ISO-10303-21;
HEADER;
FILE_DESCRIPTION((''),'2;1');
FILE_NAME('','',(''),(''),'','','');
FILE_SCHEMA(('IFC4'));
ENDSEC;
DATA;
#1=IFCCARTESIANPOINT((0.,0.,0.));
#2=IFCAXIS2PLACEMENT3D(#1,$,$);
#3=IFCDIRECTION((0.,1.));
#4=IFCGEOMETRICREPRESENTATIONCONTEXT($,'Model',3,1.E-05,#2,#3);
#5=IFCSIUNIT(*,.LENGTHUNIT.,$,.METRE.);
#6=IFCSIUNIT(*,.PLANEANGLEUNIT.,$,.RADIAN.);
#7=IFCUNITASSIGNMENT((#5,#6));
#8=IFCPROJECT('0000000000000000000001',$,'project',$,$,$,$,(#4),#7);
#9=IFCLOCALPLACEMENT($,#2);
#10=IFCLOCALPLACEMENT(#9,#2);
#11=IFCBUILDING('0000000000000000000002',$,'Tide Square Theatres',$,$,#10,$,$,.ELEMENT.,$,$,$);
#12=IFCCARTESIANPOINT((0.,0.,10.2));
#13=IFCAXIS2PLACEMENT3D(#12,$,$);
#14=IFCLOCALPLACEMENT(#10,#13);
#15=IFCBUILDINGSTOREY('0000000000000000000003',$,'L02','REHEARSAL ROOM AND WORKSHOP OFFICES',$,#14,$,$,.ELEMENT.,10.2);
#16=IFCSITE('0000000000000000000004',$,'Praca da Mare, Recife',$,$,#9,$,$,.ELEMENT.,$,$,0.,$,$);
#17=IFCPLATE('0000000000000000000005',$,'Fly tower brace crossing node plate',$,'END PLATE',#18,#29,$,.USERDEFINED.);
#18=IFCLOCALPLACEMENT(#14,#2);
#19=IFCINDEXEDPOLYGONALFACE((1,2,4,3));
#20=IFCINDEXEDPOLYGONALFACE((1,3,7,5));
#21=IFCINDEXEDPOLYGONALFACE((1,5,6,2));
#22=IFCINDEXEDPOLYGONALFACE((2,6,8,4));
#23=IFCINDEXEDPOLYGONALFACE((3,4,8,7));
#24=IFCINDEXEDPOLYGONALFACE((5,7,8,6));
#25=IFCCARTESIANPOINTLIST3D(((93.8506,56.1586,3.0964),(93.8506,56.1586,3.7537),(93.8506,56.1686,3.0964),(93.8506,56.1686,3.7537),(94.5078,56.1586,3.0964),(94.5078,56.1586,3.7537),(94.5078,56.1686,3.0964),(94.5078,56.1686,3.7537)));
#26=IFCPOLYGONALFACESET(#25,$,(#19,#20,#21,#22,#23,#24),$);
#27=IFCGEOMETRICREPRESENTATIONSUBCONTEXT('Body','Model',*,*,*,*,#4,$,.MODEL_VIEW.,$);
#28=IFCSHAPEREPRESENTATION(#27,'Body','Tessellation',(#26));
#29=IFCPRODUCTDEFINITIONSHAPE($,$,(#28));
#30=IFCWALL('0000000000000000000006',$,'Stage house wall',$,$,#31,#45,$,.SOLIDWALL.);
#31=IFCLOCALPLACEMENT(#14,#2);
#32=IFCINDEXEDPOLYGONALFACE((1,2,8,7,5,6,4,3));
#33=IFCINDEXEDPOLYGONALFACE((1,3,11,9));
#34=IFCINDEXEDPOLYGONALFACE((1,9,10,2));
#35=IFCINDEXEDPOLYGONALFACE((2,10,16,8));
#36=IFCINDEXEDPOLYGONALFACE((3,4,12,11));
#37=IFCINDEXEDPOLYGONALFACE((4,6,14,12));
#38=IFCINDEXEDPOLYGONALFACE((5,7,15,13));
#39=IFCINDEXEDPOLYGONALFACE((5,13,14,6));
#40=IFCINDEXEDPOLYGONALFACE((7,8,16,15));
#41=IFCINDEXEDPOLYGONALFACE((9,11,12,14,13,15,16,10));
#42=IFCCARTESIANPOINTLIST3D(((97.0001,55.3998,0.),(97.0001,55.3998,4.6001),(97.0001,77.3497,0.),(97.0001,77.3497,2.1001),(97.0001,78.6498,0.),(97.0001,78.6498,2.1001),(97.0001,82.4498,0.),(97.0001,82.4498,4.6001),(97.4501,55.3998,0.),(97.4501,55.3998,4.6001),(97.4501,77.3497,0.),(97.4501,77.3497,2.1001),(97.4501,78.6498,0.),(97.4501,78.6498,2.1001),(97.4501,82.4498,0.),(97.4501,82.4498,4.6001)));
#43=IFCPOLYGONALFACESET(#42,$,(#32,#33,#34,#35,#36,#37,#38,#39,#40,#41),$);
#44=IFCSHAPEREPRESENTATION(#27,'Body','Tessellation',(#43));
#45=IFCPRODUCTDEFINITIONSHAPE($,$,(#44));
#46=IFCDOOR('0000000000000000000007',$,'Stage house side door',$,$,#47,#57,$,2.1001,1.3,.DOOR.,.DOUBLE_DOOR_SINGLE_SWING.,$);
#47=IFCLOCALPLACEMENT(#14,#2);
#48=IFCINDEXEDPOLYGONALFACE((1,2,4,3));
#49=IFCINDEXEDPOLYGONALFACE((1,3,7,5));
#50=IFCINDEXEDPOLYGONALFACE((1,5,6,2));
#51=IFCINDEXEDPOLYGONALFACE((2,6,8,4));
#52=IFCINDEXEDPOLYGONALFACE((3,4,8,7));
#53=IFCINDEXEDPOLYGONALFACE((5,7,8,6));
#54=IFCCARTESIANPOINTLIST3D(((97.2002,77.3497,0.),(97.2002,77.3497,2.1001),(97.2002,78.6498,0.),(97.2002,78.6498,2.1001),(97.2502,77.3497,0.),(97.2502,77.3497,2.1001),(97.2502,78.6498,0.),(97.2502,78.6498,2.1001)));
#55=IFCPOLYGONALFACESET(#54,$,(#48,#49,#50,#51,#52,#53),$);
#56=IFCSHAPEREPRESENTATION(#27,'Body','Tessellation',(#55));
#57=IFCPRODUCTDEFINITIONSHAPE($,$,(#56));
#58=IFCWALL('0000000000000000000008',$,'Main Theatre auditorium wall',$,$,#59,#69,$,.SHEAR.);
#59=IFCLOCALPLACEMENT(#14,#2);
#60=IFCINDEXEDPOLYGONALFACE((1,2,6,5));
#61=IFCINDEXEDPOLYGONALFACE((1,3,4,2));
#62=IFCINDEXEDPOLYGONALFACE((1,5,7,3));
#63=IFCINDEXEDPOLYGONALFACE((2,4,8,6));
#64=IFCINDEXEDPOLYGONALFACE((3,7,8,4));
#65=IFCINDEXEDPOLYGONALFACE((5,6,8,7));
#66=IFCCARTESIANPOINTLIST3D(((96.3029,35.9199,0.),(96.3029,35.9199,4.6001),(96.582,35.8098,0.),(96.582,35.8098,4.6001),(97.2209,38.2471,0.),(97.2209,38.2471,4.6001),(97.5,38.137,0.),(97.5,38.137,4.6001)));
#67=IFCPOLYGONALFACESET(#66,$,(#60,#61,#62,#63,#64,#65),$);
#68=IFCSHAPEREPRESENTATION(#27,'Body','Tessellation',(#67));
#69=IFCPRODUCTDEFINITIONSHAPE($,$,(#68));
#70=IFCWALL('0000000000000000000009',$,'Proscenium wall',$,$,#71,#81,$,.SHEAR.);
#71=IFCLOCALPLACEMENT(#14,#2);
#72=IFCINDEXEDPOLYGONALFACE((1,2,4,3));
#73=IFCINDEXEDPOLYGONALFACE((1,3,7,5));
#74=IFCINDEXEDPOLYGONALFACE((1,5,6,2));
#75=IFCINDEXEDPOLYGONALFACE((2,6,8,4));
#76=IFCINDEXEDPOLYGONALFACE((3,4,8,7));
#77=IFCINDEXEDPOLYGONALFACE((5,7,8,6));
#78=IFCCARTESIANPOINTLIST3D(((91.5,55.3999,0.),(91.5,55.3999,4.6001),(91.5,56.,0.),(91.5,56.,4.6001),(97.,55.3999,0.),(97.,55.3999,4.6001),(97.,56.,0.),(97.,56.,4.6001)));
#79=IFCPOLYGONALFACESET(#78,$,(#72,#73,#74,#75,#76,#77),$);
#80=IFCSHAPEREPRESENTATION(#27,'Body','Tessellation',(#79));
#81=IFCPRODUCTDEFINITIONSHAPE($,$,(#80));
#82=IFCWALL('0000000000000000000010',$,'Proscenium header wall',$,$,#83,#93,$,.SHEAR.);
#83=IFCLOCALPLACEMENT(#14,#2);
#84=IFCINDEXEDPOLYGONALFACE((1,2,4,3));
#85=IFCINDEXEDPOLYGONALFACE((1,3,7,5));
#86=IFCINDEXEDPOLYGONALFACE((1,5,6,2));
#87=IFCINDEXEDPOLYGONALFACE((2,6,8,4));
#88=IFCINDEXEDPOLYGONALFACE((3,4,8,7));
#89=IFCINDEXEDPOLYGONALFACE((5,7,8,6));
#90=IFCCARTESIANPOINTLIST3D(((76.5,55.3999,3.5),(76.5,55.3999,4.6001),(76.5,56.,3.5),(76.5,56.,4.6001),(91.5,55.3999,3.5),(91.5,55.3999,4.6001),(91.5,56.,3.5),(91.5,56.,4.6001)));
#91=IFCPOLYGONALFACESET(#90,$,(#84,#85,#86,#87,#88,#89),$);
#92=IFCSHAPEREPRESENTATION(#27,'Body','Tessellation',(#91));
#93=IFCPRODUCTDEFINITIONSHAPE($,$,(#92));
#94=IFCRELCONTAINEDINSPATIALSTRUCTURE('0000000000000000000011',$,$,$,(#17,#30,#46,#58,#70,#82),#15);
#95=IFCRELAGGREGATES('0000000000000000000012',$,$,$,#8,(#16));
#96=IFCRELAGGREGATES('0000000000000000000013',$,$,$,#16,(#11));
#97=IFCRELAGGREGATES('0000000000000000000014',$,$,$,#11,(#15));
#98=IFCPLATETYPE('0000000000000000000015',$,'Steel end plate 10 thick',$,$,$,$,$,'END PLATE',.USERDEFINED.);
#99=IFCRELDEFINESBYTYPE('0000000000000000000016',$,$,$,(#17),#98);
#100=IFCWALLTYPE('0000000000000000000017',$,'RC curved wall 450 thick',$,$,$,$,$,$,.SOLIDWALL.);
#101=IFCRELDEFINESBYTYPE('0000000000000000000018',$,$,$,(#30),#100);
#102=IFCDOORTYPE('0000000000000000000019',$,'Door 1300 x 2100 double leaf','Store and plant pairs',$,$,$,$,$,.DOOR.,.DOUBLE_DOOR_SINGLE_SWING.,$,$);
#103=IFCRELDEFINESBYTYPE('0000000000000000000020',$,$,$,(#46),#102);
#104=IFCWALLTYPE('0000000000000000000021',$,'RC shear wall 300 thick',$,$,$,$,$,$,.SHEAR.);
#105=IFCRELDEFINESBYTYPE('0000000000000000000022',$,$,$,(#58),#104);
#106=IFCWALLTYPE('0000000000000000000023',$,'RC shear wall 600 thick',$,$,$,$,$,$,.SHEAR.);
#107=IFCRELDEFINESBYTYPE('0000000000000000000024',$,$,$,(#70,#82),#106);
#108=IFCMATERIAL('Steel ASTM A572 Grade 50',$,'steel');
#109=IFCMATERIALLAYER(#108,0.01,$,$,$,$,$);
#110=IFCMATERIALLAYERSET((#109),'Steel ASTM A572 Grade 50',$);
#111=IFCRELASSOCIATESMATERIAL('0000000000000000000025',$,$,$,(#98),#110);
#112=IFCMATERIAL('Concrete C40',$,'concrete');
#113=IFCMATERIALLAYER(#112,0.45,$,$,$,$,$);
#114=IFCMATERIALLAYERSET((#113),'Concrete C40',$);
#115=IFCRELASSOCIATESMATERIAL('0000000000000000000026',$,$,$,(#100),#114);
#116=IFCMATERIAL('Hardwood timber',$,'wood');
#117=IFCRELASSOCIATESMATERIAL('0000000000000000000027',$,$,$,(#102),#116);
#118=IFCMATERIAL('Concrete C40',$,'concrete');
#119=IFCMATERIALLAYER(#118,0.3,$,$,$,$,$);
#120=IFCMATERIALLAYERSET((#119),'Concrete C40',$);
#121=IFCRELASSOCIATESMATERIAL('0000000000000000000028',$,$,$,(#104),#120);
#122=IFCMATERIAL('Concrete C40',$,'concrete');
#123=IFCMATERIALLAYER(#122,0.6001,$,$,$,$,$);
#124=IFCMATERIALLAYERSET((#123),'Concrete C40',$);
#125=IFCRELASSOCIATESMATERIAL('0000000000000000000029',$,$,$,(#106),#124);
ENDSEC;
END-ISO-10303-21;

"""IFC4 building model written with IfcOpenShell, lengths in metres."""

from ifc_helpers import new_model, si_unit, direction, frame, frame_2d, origin, origin_2d, place, context, subcontext, project, spatial, rectangle, extrude, material, layer, layer_set, type_object, element, fill, save


model = new_model("IFC4")

# Units and contexts
model_context = context("Model", 3, precision=1e-05, world=origin(), true_north=direction((0.0, 1.0)))
body_context = subcontext(model_context, "Body", "Model", "MODEL_VIEW")
ifc_project = project(units=[si_unit("LENGTHUNIT", "METRE"), si_unit("PLANEANGLEUNIT", "RADIAN")], contexts=[model_context])

# Site, building, storey
site_placement = place(None, origin())
site = spatial("IfcSite", under=ifc_project, at=site_placement, Name="Praca da Mare, Recife", CompositionType="ELEMENT", RefElevation=0.0)
building_placement = place(site_placement, origin())
building = spatial("IfcBuilding", under=site, at=building_placement, Name="Tide Square Theatres", CompositionType="ELEMENT")
storey_placement = place(building_placement, frame((0.0, 0.0, 10.2)))
storey = spatial("IfcBuildingStorey", under=building, at=storey_placement, Name="L02", Description="REHEARSAL ROOM AND WORKSHOP OFFICES", CompositionType="ELEMENT", Elevation=10.2)

# Plate
ifc_material_1 = material(Name="Steel ASTM A572 Grade 50", Category="steel")
ifc_layer_1 = layer(ifc_material_1, 0.01)
ifc_layer_set_1 = layer_set([ifc_layer_1], Name="Steel ASTM A572 Grade 50")
plate_type = type_object("IfcPlateType", Name="Steel end plate 10 thick", ElementType="END PLATE", PredefinedType="USERDEFINED", material=ifc_layer_set_1)
for number, where, z_axis, x_axis, name in (
    (1, (94.1792, 56.1636, 3.0964), (0.0, 0.0, 1.0), (0.0, -1.0, 0.0), "Fly tower brace crossing node plate"),
):
    element("IfcPlate", number, at=place(storey_placement, frame(where, z_axis=z_axis, x_axis=x_axis)), inside=storey, type_object=plate_type, Name=name, ObjectType="END PLATE", PredefinedType="USERDEFINED", context=body_context, shape_type="SweptSolid", body=[
        extrude(rectangle(XDim=0.01, YDim=0.6572, at=origin_2d()), origin(), (0.0, 0.0, 1.0), 0.6572),
    ])

# Wall, opening, door
ifc_material_2 = material(Name="Concrete C40", Category="concrete")
ifc_layer_2 = layer(ifc_material_2, 0.45)
ifc_layer_set_2 = layer_set([ifc_layer_2], Name="Concrete C40")
wall_type_1 = type_object("IfcWallType", Name="RC curved wall 450 thick", PredefinedType="SOLIDWALL", material=ifc_layer_set_2)
wall_1_placement = place(storey_placement, frame((97.2251, 55.3999, 0.0), z_axis=(0.0, 0.0, 1.0), x_axis=(0.0, 1.0, 0.0)))
wall_1 = element("IfcWall", 2, at=wall_1_placement, inside=storey, type_object=wall_type_1, Name="Stage house wall", PredefinedType="SOLIDWALL", context=body_context, shape_type="SweptSolid", body=[
    extrude(rectangle(XDim=27.05, YDim=0.45, at=frame_2d((13.5249, 0.0))), origin(), (0.0, 0.0, 1.0), 4.6001),
])
opening_placement = place(wall_1_placement, frame((21.95, 0.0, 0.0)))
opening = element("IfcOpeningElement", 3, at=opening_placement, cuts=wall_1, PredefinedType="OPENING", context=body_context, shape_type="SweptSolid", body=[
    extrude(rectangle(XDim=1.3, YDim=2.1001, at=frame_2d((0.6499, 1.05))), frame((0.0, 0.2349, 0.0), z_axis=(0.0, -1.0, 0.0), x_axis=(1.0, 0.0, 0.0)), (0.0, 0.0, 1.0), 0.47),
])
ifc_material_3 = material(Name="Hardwood timber", Category="wood")
door_type = type_object("IfcDoorType", Name="Door 1300 x 2100 double leaf", Description="Store and plant pairs", OperationType="DOUBLE_DOOR_SINGLE_SWING", PredefinedType="DOOR", material=ifc_material_3)
door_placement = place(opening_placement, origin())
door = element("IfcDoor", 4, at=door_placement, inside=storey, type_object=door_type, Name="Stage house side door", OperationType="DOUBLE_DOOR_SINGLE_SWING", OverallHeight=2.1001, OverallWidth=1.3, PredefinedType="DOOR", context=body_context, shape_type="SweptSolid", body=[
    extrude(rectangle(XDim=1.3, YDim=2.1001, at=frame_2d((0.6499, 1.05))), frame((0.0, 0.0249, 0.0), z_axis=(0.0, -1.0, 0.0), x_axis=(1.0, 0.0, 0.0)), (0.0, 0.0, 1.0), 0.05),
])
fill(opening, door)

# Walls
ifc_material_4 = material(Name="Concrete C40", Category="concrete")
ifc_layer_3 = layer(ifc_material_4, 0.3)
ifc_layer_set_3 = layer_set([ifc_layer_3], Name="Concrete C40")
wall_type_2 = type_object("IfcWallType", Name="RC shear wall 300 thick", PredefinedType="SHEAR", material=ifc_layer_set_3)
wall_2_placement = place(storey_placement, frame((96.4424, 35.8647, 0.0), z_axis=(0.0, 0.0, 1.0), x_axis=(0.366944, 0.930243, 0.0)))
element("IfcWall", 5, at=wall_2_placement, inside=storey, type_object=wall_type_2, Name="Main Theatre auditorium wall", PredefinedType="SHEAR", context=body_context, shape_type="SweptSolid", body=[
    extrude(rectangle(XDim=2.5017, YDim=0.3, at=frame_2d((1.251, 0.0))), origin(), (0.0, 0.0, 1.0), 4.6001),
])
ifc_material_5 = material(Name="Concrete C40", Category="concrete")
ifc_layer_4 = layer(ifc_material_5, 0.6001)
ifc_layer_set_4 = layer_set([ifc_layer_4], Name="Concrete C40")
wall_type_3 = type_object("IfcWallType", Name="RC shear wall 600 thick", PredefinedType="SHEAR", material=ifc_layer_set_4)
wall_3_placement = place(storey_placement, frame((91.5, 55.7, 0.0), z_axis=(0.0, 0.0, 1.0), x_axis=(1.0, 0.0, 0.0)))
element("IfcWall", 6, at=wall_3_placement, inside=storey, type_object=wall_type_3, Name="Proscenium wall", PredefinedType="SHEAR", context=body_context, shape_type="SweptSolid", body=[
    extrude(rectangle(XDim=5.5, YDim=0.6001, at=frame_2d((2.75, 0.0))), origin(), (0.0, 0.0, 1.0), 4.6001),
])
wall_4_placement = place(storey_placement, frame((76.5, 55.7, 3.5), z_axis=(0.0, 0.0, 1.0), x_axis=(1.0, 0.0, 0.0)))
element("IfcWall", 7, at=wall_4_placement, inside=storey, type_object=wall_type_3, Name="Proscenium header wall", PredefinedType="SHEAR", context=body_context, shape_type="SweptSolid", body=[
    extrude(rectangle(XDim=15.0, YDim=0.6001, at=frame_2d((7.5, 0.0))), origin(), (0.0, 0.0, 1.0), 1.1001),
])

save(model, "model.ifc")
